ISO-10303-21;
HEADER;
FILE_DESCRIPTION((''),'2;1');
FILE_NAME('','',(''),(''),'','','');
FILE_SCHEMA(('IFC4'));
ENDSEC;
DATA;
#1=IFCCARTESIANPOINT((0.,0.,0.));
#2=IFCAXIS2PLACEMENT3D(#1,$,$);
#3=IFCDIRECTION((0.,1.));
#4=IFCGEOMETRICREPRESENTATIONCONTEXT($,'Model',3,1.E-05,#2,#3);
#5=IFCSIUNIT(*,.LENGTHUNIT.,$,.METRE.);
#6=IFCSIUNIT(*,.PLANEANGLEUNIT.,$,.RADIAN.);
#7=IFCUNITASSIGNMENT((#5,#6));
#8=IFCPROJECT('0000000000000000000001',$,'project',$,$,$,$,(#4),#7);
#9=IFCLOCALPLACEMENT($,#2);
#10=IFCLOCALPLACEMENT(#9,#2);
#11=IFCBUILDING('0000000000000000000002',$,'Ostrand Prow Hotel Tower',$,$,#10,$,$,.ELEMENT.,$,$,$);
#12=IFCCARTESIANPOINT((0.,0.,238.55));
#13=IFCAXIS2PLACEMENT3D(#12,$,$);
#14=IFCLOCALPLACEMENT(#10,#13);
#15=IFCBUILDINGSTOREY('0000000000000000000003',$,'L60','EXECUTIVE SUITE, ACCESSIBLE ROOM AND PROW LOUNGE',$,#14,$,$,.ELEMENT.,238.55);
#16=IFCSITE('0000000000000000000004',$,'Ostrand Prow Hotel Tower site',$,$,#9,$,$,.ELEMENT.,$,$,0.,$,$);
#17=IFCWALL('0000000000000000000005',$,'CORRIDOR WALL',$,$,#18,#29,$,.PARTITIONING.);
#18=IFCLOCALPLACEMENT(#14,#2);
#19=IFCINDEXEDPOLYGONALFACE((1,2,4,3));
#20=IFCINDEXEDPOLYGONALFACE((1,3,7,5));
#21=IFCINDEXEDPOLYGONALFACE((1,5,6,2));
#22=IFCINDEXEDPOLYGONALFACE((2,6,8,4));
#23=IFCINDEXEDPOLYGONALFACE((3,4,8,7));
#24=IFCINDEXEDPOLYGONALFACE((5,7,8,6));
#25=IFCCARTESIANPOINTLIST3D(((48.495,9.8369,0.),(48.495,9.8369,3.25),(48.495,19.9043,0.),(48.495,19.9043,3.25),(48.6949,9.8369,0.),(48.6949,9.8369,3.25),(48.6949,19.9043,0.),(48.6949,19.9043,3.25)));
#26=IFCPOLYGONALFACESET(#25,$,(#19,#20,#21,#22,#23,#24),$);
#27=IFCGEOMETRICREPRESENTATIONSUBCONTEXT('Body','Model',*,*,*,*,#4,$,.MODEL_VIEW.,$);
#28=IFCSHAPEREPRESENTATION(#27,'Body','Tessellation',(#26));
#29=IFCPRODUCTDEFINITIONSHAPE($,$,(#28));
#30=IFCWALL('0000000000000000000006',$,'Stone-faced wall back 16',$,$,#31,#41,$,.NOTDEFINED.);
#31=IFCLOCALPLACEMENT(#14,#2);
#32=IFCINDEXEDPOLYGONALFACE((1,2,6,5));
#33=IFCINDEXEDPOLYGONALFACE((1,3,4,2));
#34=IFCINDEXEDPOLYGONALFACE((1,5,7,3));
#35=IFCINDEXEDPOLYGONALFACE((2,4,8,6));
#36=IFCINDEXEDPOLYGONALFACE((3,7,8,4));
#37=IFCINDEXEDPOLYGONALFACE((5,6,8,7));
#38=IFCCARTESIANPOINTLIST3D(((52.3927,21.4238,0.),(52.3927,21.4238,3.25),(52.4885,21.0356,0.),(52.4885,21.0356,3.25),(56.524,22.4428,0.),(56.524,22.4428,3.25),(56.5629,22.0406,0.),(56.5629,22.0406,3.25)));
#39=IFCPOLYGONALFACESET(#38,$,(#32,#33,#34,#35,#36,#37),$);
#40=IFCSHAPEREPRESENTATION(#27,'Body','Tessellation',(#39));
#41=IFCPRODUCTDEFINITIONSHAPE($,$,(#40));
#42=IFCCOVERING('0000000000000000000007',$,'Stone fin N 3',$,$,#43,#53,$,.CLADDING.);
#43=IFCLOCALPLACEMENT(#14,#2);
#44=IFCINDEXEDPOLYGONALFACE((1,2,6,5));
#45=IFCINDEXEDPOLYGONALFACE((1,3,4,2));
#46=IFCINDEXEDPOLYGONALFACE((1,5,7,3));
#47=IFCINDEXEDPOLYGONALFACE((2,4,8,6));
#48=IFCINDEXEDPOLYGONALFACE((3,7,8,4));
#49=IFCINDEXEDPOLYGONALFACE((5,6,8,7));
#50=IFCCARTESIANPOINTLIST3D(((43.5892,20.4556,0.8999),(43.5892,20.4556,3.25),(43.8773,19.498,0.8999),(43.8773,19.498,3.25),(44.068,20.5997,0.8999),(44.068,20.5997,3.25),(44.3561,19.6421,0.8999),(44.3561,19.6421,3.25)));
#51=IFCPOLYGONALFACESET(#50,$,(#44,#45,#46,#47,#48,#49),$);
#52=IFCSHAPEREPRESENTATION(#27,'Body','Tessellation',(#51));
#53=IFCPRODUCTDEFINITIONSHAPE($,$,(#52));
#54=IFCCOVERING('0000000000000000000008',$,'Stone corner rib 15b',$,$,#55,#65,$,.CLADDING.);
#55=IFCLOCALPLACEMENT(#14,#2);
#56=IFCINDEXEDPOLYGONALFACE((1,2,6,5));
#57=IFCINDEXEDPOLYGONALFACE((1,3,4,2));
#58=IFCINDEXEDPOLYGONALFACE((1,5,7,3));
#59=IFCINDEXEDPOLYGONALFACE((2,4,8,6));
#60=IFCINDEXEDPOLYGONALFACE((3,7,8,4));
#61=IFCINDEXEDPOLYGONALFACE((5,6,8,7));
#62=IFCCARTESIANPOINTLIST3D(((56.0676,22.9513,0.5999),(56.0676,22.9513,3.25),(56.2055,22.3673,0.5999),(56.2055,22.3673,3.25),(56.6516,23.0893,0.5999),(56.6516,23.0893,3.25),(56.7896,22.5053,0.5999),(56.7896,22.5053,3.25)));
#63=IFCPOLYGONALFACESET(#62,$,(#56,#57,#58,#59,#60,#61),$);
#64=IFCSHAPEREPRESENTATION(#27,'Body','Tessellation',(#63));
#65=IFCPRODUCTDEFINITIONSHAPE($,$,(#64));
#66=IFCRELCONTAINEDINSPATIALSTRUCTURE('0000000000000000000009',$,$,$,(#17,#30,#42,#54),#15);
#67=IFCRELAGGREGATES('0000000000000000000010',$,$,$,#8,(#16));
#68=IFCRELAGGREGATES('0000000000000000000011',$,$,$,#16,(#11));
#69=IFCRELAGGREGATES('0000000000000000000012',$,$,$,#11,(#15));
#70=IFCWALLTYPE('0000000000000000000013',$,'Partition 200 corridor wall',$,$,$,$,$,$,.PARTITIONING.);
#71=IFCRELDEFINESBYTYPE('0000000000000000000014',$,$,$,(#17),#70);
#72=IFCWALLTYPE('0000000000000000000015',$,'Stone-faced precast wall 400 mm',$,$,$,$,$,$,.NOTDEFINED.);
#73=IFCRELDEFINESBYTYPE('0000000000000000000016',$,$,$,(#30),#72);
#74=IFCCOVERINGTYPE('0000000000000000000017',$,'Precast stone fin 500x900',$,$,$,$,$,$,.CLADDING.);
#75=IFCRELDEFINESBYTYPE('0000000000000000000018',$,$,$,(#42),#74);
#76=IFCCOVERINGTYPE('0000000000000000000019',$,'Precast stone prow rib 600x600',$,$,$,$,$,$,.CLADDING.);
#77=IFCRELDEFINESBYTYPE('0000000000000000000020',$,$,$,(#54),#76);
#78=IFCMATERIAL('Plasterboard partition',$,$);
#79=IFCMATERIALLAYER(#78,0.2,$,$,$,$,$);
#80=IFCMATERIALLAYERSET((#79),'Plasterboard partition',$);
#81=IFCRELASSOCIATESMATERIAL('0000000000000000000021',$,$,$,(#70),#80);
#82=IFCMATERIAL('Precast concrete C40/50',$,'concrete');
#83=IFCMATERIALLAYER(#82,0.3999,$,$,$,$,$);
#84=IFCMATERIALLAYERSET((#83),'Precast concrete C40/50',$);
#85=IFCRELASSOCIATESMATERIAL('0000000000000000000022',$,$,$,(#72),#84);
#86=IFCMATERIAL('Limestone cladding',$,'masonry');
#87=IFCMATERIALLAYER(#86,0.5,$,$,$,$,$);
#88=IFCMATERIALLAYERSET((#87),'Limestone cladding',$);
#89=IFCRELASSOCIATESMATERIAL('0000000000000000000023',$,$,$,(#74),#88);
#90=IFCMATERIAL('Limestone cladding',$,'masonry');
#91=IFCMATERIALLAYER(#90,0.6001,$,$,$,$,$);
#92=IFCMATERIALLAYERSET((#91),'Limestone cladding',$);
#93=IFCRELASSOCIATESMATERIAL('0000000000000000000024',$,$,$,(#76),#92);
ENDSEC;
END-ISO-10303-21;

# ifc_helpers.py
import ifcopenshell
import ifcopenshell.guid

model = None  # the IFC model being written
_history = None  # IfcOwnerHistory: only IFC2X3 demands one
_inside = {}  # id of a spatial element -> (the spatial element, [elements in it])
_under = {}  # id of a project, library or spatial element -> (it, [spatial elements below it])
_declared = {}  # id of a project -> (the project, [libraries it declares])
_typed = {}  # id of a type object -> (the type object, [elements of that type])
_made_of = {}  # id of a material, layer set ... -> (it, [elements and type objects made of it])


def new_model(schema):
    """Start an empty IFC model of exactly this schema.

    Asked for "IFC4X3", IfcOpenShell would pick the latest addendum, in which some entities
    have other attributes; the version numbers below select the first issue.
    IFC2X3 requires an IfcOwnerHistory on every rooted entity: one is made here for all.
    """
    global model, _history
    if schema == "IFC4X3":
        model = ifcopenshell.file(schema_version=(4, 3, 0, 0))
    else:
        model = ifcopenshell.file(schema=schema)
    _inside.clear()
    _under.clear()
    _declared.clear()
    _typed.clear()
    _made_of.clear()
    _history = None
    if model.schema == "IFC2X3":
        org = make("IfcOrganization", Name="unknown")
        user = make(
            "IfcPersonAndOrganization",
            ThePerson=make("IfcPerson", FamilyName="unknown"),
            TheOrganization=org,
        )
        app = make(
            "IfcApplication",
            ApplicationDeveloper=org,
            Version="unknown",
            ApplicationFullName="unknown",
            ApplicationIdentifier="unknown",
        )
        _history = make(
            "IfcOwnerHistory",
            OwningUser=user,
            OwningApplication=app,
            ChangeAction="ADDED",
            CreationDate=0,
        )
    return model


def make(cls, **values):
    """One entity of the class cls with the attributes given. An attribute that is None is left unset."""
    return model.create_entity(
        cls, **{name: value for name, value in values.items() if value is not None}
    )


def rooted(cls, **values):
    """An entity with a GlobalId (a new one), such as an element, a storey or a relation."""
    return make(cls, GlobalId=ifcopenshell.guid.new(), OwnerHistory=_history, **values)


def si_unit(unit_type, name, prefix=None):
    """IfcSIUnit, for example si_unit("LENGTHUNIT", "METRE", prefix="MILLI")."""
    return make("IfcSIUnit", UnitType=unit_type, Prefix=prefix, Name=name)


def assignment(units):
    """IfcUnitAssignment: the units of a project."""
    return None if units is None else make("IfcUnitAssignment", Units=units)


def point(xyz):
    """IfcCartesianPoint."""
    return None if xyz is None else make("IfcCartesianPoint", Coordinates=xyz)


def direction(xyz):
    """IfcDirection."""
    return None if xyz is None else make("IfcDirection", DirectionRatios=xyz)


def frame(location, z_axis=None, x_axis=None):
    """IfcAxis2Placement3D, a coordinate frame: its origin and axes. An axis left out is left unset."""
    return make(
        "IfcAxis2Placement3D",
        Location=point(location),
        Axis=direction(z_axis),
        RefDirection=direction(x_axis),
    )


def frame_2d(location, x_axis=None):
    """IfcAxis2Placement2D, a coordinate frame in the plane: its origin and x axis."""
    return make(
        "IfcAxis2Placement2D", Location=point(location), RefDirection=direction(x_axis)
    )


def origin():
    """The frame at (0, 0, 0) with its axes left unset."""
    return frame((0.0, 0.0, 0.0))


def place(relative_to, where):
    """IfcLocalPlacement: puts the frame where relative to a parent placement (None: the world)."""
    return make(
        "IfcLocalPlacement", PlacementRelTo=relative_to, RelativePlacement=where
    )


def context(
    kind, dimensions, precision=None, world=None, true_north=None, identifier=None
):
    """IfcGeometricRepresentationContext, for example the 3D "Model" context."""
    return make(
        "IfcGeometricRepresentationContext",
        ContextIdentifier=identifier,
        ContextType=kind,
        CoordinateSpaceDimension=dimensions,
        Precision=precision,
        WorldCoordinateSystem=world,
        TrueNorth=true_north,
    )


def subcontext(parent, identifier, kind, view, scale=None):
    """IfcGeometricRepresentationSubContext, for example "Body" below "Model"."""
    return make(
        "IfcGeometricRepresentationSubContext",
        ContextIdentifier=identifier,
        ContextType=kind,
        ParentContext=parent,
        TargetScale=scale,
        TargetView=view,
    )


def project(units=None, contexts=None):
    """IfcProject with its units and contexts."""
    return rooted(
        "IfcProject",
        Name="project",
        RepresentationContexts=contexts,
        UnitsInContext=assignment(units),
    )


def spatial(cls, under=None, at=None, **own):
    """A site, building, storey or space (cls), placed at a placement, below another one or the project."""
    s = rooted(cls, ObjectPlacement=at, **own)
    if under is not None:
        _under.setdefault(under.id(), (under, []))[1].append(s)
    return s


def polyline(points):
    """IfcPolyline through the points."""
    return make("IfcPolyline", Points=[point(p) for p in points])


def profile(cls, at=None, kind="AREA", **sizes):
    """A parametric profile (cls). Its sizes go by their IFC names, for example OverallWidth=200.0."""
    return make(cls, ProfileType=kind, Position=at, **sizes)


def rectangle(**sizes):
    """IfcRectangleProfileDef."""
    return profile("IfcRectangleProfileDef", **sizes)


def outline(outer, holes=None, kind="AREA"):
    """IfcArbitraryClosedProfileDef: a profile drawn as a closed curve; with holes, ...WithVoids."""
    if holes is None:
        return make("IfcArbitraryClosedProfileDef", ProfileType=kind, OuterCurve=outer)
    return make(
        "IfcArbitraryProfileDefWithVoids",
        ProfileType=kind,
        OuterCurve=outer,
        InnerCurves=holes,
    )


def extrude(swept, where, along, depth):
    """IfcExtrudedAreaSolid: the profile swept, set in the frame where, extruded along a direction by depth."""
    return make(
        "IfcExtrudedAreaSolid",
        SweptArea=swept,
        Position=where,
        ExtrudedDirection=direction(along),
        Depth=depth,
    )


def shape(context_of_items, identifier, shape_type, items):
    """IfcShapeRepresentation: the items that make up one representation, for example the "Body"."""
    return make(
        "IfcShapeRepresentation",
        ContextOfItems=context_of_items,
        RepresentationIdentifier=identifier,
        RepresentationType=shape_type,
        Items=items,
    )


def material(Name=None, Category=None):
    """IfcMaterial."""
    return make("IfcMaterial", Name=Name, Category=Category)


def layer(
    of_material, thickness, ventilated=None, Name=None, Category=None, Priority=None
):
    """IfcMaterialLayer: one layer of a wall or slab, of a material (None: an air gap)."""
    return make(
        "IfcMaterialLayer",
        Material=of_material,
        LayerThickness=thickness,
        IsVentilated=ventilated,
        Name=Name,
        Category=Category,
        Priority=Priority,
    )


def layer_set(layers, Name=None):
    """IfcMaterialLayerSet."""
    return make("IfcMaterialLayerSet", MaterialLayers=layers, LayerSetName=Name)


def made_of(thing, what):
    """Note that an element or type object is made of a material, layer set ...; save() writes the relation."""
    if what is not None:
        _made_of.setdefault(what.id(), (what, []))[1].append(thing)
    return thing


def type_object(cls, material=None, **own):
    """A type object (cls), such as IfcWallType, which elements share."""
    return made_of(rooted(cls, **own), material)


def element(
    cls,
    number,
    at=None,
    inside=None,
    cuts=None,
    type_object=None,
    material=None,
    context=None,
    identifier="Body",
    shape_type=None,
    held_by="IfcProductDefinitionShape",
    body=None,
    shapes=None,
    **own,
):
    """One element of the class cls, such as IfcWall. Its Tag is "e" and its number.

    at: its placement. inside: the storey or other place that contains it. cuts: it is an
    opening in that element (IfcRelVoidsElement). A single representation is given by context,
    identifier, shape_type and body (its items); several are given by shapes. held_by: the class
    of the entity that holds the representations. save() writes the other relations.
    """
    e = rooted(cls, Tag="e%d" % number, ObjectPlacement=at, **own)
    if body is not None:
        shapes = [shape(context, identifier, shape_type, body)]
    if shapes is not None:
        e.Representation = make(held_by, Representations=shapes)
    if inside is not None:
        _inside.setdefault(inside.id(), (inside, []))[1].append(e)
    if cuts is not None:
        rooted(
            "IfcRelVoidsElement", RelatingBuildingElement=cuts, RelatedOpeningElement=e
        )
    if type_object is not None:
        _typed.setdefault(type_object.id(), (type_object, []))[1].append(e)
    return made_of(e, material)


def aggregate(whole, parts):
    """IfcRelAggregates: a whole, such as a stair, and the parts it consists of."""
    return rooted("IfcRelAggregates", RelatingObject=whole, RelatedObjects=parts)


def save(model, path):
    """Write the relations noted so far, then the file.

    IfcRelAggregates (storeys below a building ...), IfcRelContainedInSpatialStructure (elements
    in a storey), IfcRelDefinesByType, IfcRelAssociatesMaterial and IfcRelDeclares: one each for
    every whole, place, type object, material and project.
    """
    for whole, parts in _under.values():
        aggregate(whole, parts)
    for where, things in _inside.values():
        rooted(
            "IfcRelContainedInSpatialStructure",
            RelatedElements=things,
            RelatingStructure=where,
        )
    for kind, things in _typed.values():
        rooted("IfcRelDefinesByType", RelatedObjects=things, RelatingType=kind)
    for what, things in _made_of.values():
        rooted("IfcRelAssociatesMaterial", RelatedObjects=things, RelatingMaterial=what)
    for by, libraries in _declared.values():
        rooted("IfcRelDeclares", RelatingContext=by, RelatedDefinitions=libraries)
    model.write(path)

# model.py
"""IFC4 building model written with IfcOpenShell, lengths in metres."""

from ifc_helpers import new_model, si_unit, direction, frame, frame_2d, origin, place, context, subcontext, project, spatial, polyline, rectangle, outline, extrude, material, layer, layer_set, type_object, element, save


model = new_model("IFC4")

# Units and contexts
model_context = context("Model", 3, precision=1e-05, world=origin(), true_north=direction((0.0, 1.0)))
body_context = subcontext(model_context, "Body", "Model", "MODEL_VIEW")
ifc_project = project(units=[si_unit("LENGTHUNIT", "METRE"), si_unit("PLANEANGLEUNIT", "RADIAN")], contexts=[model_context])

# Site, building, storey
site_placement = place(None, origin())
site = spatial("IfcSite", under=ifc_project, at=site_placement, Name="Ostrand Prow Hotel Tower site", CompositionType="ELEMENT", RefElevation=0.0)
building_placement = place(site_placement, origin())
building = spatial("IfcBuilding", under=site, at=building_placement, Name="Ostrand Prow Hotel Tower", CompositionType="ELEMENT")
storey_placement = place(building_placement, frame((0.0, 0.0, 238.55)))
storey = spatial("IfcBuildingStorey", under=building, at=storey_placement, Name="L60", Description="EXECUTIVE SUITE, ACCESSIBLE ROOM AND PROW LOUNGE", CompositionType="ELEMENT", Elevation=238.55)

# Walls
ifc_material_1 = material(Name="Plasterboard partition")
ifc_layer_1 = layer(ifc_material_1, 0.2)
ifc_layer_set_1 = layer_set([ifc_layer_1], Name="Plasterboard partition")
wall_type_1 = type_object("IfcWallType", Name="Partition 200 corridor wall", PredefinedType="PARTITIONING", material=ifc_layer_set_1)
wall_1_placement = place(storey_placement, frame((48.595, 19.9043, 0.0), z_axis=(0.0, 0.0, 1.0), x_axis=(0.0, -1.0, 0.0)))
element("IfcWall", 1, at=wall_1_placement, inside=storey, type_object=wall_type_1, Name="CORRIDOR WALL", PredefinedType="PARTITIONING", context=body_context, shape_type="SweptSolid", body=[
    extrude(rectangle(XDim=10.0674, YDim=0.2, at=frame_2d((5.0337, 0.0))), origin(), (0.0, 0.0, 1.0), 3.25),
])
ifc_material_2 = material(Name="Precast concrete C40/50", Category="concrete")
ifc_layer_2 = layer(ifc_material_2, 0.3999)
ifc_layer_set_2 = layer_set([ifc_layer_2], Name="Precast concrete C40/50")
wall_type_2 = type_object("IfcWallType", Name="Stone-faced precast wall 400 mm", PredefinedType="NOTDEFINED", material=ifc_layer_set_2)
wall_2_placement = place(storey_placement, frame((56.5435, 22.2417, 0.0), z_axis=(0.0, 0.0, 1.0), x_axis=(-0.970902, -0.239476, 0.0)))
element("IfcWall", 2, at=wall_2_placement, inside=storey, type_object=wall_type_2, Name="Stone-faced wall back 16", PredefinedType="NOTDEFINED", context=body_context, shape_type="SweptSolid", body=[
    extrude(outline(polyline([(-0.0293, -0.2), (4.2258, -0.2), (4.2258, 0.2), (0.0293, 0.2), (-0.0293, -0.2)])), origin(), (0.0, 0.0, 1.0), 3.25),
])

# Coverings
ifc_material_3 = material(Name="Limestone cladding", Category="masonry")
ifc_layer_3 = layer(ifc_material_3, 0.5)
ifc_layer_set_3 = layer_set([ifc_layer_3], Name="Limestone cladding")
covering_type_1 = type_object("IfcCoveringType", Name="Precast stone fin 500x900", PredefinedType="CLADDING", material=ifc_layer_set_3)
covering_1_placement = place(storey_placement, frame((44.1167, 19.5701, 0.8999), z_axis=(0.0, 0.0, 1.0), x_axis=(-0.288109, 0.957598, 0.0)))
element("IfcCovering", 3, at=covering_1_placement, inside=storey, type_object=covering_type_1, Name="Stone fin N 3", PredefinedType="CLADDING", context=body_context, shape_type="SweptSolid", body=[
    extrude(rectangle(XDim=1.0, YDim=0.5, at=frame_2d((0.5, 0.0))), origin(), (0.0, 0.0, 1.0), 2.3501),
])
ifc_material_4 = material(Name="Limestone cladding", Category="masonry")
ifc_layer_4 = layer(ifc_material_4, 0.6001)
ifc_layer_set_4 = layer_set([ifc_layer_4], Name="Limestone cladding")
covering_type_2 = type_object("IfcCoveringType", Name="Precast stone prow rib 600x600", PredefinedType="CLADDING", material=ifc_layer_set_4)
covering_2_placement = place(storey_placement, frame((56.4976, 22.4363, 0.5999), z_axis=(0.0, 0.0, 1.0), x_axis=(-0.229878, 0.973219, 0.0)))
element("IfcCovering", 4, at=covering_2_placement, inside=storey, type_object=covering_type_2, Name="Stone corner rib 15b", PredefinedType="CLADDING", context=body_context, shape_type="SweptSolid", body=[
    extrude(rectangle(XDim=0.6001, YDim=0.6001, at=frame_2d((0.3, 0.0))), origin(), (0.0, 0.0, 1.0), 2.6501),
])

save(model, "model.ifc")
